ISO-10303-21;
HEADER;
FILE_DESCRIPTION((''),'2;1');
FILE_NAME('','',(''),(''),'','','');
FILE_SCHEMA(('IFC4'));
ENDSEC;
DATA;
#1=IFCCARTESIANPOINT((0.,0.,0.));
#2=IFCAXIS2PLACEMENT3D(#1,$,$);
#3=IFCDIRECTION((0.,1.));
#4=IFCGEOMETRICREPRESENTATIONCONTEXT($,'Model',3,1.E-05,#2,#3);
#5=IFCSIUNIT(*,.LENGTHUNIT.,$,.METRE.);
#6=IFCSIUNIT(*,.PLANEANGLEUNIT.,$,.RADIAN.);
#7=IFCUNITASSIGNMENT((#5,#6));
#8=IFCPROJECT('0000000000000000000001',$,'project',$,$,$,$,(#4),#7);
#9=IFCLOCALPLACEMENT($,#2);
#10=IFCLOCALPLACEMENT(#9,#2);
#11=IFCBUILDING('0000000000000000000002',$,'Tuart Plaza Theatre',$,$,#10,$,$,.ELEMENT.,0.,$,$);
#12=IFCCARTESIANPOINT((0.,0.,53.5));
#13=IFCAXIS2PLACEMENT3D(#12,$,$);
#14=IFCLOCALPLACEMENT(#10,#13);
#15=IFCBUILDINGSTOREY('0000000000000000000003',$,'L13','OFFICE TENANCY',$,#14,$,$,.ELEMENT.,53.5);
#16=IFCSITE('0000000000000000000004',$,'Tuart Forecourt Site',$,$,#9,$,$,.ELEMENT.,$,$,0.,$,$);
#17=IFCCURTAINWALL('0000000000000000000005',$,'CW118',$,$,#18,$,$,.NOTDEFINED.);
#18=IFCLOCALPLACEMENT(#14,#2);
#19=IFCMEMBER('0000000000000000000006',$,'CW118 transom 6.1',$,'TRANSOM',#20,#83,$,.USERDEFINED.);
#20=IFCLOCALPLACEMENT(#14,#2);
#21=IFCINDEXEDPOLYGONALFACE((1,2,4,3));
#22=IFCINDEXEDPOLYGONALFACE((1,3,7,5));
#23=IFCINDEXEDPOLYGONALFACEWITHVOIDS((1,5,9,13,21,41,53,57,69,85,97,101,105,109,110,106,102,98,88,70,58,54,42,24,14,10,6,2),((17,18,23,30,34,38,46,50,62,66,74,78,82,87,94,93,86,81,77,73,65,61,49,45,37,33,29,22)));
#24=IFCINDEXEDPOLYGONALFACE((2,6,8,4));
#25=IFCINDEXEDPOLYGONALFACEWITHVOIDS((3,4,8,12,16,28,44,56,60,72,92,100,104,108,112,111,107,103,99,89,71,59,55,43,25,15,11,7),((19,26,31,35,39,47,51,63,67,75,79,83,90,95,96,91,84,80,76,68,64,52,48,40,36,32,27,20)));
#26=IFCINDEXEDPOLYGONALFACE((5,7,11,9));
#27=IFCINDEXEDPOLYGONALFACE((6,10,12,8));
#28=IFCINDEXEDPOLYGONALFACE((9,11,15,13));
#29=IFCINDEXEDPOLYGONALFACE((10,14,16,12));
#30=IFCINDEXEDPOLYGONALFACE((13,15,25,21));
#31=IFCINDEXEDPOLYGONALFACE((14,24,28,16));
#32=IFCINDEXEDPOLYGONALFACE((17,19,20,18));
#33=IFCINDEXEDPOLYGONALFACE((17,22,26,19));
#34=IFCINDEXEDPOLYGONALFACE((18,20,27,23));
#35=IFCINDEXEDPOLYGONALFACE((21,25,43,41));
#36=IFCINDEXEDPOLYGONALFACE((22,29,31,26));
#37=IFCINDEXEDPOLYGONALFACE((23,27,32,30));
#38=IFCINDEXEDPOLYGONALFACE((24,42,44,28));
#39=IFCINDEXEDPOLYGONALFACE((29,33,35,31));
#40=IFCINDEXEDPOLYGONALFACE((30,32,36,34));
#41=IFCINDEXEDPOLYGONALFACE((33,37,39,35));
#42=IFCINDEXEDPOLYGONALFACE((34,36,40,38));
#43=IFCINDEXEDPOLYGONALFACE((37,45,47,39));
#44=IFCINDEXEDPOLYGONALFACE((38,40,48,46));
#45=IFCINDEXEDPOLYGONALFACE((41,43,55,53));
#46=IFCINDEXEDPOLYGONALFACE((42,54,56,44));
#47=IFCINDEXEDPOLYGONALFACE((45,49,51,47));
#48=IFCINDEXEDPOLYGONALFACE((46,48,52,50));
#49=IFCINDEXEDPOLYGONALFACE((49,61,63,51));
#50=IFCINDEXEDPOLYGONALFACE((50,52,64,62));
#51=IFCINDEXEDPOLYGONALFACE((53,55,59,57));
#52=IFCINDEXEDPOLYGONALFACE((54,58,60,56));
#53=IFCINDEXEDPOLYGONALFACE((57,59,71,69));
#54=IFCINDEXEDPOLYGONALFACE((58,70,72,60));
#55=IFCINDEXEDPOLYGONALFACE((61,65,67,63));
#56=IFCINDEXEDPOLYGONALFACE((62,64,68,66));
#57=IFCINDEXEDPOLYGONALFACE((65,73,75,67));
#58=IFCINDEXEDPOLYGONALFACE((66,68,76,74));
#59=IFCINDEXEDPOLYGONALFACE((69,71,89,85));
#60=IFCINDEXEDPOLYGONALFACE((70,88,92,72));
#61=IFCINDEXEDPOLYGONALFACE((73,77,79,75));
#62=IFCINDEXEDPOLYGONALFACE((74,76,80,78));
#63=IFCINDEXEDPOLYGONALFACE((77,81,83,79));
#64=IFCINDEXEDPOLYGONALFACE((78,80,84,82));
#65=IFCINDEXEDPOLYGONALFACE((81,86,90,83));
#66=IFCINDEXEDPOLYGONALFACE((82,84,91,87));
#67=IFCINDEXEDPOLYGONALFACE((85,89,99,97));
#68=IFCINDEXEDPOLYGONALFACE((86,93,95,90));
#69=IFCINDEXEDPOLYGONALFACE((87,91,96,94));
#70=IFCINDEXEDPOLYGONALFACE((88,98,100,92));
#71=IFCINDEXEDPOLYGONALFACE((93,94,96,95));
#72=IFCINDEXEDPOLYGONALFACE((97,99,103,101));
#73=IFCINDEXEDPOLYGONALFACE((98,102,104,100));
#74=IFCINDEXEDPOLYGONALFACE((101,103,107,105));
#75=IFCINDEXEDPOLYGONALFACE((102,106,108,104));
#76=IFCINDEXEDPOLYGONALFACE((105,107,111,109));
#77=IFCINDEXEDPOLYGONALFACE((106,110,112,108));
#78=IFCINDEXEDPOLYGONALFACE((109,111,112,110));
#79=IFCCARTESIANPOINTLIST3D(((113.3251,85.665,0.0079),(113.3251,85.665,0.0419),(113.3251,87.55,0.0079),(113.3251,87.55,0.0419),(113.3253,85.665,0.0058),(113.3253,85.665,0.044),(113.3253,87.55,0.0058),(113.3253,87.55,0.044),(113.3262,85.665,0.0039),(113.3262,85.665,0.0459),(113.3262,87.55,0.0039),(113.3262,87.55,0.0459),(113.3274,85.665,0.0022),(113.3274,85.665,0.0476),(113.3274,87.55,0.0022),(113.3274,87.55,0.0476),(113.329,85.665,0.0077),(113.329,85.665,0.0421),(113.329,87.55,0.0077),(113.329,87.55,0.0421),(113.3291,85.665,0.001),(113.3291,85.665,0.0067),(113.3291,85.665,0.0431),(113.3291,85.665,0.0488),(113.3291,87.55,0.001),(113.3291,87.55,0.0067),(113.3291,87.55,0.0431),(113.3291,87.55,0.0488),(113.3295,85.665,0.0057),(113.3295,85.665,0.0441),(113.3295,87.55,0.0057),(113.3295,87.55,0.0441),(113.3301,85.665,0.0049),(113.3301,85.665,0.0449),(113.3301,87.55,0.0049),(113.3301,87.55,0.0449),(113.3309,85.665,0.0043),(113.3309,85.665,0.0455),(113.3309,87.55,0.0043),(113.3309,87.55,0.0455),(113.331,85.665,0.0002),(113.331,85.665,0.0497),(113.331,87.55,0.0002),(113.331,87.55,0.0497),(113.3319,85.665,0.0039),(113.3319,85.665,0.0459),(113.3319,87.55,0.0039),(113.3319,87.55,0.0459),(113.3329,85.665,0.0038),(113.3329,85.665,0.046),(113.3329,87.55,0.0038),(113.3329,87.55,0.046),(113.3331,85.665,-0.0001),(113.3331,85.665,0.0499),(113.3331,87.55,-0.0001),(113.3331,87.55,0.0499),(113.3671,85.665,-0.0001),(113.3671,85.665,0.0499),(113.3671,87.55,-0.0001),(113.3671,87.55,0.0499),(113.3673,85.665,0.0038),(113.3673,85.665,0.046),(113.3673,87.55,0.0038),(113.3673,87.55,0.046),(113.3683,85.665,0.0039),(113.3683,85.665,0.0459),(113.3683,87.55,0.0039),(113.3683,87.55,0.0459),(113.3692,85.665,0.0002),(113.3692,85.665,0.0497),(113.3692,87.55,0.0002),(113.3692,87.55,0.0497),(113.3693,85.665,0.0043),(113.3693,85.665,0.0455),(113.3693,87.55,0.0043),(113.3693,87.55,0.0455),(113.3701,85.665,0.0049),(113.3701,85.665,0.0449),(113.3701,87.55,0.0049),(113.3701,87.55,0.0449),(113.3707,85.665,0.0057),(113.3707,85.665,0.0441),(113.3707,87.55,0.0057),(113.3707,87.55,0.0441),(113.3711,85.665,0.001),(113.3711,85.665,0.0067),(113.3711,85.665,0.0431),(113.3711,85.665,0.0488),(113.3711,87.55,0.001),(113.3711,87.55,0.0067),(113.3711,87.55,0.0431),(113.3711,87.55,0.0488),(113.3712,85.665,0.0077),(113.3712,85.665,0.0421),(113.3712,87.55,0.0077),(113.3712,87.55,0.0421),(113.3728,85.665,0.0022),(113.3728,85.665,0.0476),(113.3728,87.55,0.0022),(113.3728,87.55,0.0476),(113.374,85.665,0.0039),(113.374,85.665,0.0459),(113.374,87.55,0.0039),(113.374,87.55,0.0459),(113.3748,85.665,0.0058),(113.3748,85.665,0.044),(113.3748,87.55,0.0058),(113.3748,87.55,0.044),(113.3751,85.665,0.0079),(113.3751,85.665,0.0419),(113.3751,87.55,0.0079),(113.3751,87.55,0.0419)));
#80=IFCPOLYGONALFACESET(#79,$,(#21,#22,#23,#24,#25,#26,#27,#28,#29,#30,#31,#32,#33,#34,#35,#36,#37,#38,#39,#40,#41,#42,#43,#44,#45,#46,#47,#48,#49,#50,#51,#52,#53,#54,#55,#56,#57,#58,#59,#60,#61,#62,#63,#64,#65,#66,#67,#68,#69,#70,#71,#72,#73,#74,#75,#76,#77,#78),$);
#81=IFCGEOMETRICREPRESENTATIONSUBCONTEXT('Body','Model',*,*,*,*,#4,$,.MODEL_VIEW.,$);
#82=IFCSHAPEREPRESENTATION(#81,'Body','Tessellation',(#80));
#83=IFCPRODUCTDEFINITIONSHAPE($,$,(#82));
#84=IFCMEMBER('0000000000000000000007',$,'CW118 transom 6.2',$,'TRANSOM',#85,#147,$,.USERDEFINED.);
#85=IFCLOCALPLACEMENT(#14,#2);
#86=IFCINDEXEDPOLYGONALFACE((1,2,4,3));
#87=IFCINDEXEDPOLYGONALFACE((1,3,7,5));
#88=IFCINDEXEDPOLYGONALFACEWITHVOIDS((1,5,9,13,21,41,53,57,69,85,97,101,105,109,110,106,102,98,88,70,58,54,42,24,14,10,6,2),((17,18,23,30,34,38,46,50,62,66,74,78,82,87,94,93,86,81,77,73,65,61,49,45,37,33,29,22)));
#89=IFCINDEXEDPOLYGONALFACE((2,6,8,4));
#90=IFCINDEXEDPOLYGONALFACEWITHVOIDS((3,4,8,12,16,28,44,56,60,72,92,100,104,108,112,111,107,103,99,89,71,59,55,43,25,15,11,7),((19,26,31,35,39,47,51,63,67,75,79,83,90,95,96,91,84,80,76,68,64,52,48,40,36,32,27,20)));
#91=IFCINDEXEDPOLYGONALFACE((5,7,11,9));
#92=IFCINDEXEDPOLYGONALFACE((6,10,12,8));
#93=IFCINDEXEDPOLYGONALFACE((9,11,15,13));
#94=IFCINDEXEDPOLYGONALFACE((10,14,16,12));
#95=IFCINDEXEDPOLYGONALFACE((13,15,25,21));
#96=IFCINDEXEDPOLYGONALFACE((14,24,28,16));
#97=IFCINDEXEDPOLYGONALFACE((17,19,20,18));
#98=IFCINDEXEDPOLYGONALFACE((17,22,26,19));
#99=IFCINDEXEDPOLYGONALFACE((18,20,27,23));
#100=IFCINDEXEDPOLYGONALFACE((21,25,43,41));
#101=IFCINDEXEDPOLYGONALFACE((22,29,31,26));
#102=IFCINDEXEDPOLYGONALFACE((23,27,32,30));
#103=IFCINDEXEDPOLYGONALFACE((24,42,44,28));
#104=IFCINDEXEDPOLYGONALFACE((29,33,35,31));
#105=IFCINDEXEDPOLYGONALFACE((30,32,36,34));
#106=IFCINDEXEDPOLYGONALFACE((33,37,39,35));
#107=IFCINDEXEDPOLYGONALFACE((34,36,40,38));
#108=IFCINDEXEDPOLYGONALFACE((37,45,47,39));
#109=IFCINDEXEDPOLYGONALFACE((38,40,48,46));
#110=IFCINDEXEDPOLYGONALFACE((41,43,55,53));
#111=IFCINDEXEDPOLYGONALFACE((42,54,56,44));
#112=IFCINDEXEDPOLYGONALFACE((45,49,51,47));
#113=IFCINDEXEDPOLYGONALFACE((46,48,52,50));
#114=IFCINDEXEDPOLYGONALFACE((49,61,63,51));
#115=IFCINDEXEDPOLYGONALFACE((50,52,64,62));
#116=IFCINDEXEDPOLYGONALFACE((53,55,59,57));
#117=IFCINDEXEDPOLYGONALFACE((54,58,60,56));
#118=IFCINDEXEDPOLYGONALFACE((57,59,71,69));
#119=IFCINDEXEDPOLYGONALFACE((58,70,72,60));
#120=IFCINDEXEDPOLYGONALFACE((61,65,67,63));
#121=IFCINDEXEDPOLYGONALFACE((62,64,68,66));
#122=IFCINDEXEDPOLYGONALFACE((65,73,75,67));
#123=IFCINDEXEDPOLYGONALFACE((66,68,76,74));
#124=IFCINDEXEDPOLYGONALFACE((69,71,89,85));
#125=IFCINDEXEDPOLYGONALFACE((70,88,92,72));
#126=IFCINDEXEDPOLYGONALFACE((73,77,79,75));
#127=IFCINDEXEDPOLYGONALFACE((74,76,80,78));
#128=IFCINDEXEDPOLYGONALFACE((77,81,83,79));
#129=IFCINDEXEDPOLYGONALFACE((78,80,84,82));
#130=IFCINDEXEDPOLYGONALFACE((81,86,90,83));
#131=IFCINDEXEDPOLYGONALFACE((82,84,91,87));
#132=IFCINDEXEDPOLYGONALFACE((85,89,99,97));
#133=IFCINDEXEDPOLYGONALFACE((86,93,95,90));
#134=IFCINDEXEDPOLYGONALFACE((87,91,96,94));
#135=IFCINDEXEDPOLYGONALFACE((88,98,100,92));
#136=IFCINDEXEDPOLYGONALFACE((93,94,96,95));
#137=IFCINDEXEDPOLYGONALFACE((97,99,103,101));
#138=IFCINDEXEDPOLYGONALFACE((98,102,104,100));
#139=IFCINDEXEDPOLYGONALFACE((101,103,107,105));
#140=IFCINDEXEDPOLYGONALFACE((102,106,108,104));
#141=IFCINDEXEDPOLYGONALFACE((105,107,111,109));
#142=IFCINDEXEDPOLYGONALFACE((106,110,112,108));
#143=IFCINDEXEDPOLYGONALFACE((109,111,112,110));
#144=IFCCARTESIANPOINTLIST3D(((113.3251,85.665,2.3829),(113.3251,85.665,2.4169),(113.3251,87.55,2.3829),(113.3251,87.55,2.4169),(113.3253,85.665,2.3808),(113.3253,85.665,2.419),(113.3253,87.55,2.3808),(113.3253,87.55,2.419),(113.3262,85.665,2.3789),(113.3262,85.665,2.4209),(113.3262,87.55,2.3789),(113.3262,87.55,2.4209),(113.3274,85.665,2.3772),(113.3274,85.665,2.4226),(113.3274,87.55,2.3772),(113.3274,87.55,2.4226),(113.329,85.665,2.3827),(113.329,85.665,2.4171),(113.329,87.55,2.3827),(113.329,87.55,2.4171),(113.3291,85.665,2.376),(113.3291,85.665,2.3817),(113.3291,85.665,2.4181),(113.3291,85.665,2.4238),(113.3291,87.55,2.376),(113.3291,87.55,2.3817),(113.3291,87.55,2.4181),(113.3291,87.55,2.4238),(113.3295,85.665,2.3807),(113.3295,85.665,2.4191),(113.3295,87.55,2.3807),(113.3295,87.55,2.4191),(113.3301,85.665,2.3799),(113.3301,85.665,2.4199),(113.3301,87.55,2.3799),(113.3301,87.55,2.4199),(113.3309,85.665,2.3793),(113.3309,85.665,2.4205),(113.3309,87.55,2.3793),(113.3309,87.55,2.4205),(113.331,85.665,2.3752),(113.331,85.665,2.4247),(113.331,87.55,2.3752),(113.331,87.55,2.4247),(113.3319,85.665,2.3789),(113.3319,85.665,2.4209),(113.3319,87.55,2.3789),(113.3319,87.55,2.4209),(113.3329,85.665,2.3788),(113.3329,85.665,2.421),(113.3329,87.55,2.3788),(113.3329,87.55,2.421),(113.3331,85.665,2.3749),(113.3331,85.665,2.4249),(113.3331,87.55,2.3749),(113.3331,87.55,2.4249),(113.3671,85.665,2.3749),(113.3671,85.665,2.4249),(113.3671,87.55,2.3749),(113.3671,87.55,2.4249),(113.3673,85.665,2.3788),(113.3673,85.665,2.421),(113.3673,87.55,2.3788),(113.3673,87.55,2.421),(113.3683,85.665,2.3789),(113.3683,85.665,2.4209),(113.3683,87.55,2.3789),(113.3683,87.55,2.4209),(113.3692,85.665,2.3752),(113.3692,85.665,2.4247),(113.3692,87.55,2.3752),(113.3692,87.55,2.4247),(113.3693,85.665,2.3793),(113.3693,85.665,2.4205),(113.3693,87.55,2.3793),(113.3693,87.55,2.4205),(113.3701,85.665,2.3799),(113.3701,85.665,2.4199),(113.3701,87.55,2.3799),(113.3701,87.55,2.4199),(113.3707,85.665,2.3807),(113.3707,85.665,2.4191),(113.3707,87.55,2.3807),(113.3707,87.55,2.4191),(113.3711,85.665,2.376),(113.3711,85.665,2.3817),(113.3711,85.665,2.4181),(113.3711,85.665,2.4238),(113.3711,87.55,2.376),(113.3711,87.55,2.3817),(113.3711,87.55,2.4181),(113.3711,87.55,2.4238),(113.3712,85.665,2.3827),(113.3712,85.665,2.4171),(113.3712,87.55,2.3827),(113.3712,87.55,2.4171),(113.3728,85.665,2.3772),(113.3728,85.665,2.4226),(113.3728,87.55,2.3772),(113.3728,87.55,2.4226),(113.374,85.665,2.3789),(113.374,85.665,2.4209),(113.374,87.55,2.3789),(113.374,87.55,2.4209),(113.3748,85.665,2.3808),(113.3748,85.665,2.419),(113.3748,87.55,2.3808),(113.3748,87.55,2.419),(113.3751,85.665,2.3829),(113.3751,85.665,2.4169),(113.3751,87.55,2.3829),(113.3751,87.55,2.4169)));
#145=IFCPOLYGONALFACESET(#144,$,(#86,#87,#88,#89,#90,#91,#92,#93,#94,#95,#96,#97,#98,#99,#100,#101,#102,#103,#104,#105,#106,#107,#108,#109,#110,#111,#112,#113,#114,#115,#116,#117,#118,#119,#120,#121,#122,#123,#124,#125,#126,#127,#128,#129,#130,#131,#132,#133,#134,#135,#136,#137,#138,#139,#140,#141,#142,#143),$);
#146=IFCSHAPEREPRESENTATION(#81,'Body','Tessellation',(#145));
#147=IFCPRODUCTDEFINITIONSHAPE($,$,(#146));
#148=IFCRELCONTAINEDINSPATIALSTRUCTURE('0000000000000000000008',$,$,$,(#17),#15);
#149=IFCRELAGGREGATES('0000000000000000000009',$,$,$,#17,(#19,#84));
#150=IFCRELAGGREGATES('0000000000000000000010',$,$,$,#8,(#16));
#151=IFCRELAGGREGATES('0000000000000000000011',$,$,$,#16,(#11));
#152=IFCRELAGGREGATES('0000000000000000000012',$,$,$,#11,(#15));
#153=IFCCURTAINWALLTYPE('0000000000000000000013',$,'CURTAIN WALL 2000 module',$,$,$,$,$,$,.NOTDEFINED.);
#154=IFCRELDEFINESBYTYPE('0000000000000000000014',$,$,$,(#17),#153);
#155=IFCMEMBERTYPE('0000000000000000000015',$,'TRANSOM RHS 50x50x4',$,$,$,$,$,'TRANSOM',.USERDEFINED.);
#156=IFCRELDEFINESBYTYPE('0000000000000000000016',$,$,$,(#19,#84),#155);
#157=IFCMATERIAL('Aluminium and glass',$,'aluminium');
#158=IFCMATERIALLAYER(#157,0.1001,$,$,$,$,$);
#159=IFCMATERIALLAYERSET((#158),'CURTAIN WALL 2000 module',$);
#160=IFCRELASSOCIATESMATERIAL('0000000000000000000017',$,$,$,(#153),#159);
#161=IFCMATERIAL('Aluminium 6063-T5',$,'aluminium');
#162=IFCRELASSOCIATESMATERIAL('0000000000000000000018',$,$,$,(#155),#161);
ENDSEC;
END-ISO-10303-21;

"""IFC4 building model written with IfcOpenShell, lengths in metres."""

from ifc_helpers import new_model, si_unit, direction, frame, origin, origin_2d, place, context, subcontext, project, spatial, hollow_rectangle, extrude, material, layer, layer_set, material_profile, profile_set, type_object, element, aggregate, save


model = new_model("IFC4")

# Units and contexts
model_context = context("Model", 3, precision=1e-05, world=origin(), true_north=direction((0.0, 1.0)))
body_context = subcontext(model_context, "Body", "Model", "MODEL_VIEW")
ifc_project = project(units=[si_unit("LENGTHUNIT", "METRE"), si_unit("PLANEANGLEUNIT", "RADIAN")], contexts=[model_context])

# Site, building, storey
site_placement = place(None, origin())
site = spatial("IfcSite", under=ifc_project, at=site_placement, Name="Tuart Forecourt Site", CompositionType="ELEMENT", RefElevation=0.0)
building_placement = place(site_placement, origin())
building = spatial("IfcBuilding", under=site, at=building_placement, Name="Tuart Plaza Theatre", CompositionType="ELEMENT", ElevationOfRefHeight=0.0)
storey_placement = place(building_placement, frame((0.0, 0.0, 53.5)))
storey = spatial("IfcBuildingStorey", under=building, at=storey_placement, Name="L13", Description="OFFICE TENANCY", CompositionType="ELEMENT", Elevation=53.5)

# Curtain wall, members
ifc_material_1 = material(Name="Aluminium and glass", Category="aluminium")
ifc_layer_1 = layer(ifc_material_1, 0.1001)
ifc_layer_set_1 = layer_set([ifc_layer_1], Name="CURTAIN WALL 2000 module")
curtain_wall_type = type_object("IfcCurtainWallType", Name="CURTAIN WALL 2000 module", PredefinedType="NOTDEFINED", material=ifc_layer_set_1)
curtain_wall_1_placement = place(storey_placement, origin())
curtain_wall_1 = element("IfcCurtainWall", 1, at=curtain_wall_1_placement, inside=storey, type_object=curtain_wall_type, Name="CW118", PredefinedType="NOTDEFINED")
ifc_material_2 = material(Name="Aluminium 6063-T5", Category="aluminium")
ifc_material_profile_1 = material_profile(ifc_material_2, hollow_rectangle(XDim=0.05, YDim=0.05, WallThickness=0.0039, InnerFilletRadius=0.0039, OuterFilletRadius=0.0081, at=origin_2d()), Name="RHS 50x50x4")
ifc_profile_set_1 = profile_set([ifc_material_profile_1], Name="Aluminium 6063-T5")
member_type_1 = type_object("IfcMemberType", Name="TRANSOM RHS 50x50x4", ElementType="TRANSOM", PredefinedType="USERDEFINED", material=ifc_profile_set_1)
member_1_placement = place(storey_placement, frame((113.3501, 87.55, 0.0249), z_axis=(0.0, -1.0, 0.0), x_axis=(1.0, 0.0, 0.0)))
member_1 = element("IfcMember", 2, at=member_1_placement, type_object=member_type_1, Name="CW118 transom 6.1", ObjectType="TRANSOM", PredefinedType="USERDEFINED", context=body_context, shape_type="SweptSolid", body=[
    extrude(hollow_rectangle(XDim=0.05, YDim=0.05, WallThickness=0.0039, InnerFilletRadius=0.0039, OuterFilletRadius=0.0081, at=origin_2d()), origin(), (0.0, 0.0, 1.0), 1.885),
])
member_2_placement = place(storey_placement, frame((113.3501, 87.55, 2.3999), z_axis=(0.0, -1.0, 0.0), x_axis=(1.0, 0.0, 0.0)))
member_2 = element("IfcMember", 3, at=member_2_placement, type_object=member_type_1, Name="CW118 transom 6.2", ObjectType="TRANSOM", PredefinedType="USERDEFINED", context=body_context, shape_type="SweptSolid", body=[
    extrude(hollow_rectangle(XDim=0.05, YDim=0.05, WallThickness=0.0039, InnerFilletRadius=0.0039, OuterFilletRadius=0.0081, at=origin_2d()), origin(), (0.0, 0.0, 1.0), 1.885),
])

aggregate(curtain_wall_1, [member_1, member_2])

save(model, "model.ifc")
